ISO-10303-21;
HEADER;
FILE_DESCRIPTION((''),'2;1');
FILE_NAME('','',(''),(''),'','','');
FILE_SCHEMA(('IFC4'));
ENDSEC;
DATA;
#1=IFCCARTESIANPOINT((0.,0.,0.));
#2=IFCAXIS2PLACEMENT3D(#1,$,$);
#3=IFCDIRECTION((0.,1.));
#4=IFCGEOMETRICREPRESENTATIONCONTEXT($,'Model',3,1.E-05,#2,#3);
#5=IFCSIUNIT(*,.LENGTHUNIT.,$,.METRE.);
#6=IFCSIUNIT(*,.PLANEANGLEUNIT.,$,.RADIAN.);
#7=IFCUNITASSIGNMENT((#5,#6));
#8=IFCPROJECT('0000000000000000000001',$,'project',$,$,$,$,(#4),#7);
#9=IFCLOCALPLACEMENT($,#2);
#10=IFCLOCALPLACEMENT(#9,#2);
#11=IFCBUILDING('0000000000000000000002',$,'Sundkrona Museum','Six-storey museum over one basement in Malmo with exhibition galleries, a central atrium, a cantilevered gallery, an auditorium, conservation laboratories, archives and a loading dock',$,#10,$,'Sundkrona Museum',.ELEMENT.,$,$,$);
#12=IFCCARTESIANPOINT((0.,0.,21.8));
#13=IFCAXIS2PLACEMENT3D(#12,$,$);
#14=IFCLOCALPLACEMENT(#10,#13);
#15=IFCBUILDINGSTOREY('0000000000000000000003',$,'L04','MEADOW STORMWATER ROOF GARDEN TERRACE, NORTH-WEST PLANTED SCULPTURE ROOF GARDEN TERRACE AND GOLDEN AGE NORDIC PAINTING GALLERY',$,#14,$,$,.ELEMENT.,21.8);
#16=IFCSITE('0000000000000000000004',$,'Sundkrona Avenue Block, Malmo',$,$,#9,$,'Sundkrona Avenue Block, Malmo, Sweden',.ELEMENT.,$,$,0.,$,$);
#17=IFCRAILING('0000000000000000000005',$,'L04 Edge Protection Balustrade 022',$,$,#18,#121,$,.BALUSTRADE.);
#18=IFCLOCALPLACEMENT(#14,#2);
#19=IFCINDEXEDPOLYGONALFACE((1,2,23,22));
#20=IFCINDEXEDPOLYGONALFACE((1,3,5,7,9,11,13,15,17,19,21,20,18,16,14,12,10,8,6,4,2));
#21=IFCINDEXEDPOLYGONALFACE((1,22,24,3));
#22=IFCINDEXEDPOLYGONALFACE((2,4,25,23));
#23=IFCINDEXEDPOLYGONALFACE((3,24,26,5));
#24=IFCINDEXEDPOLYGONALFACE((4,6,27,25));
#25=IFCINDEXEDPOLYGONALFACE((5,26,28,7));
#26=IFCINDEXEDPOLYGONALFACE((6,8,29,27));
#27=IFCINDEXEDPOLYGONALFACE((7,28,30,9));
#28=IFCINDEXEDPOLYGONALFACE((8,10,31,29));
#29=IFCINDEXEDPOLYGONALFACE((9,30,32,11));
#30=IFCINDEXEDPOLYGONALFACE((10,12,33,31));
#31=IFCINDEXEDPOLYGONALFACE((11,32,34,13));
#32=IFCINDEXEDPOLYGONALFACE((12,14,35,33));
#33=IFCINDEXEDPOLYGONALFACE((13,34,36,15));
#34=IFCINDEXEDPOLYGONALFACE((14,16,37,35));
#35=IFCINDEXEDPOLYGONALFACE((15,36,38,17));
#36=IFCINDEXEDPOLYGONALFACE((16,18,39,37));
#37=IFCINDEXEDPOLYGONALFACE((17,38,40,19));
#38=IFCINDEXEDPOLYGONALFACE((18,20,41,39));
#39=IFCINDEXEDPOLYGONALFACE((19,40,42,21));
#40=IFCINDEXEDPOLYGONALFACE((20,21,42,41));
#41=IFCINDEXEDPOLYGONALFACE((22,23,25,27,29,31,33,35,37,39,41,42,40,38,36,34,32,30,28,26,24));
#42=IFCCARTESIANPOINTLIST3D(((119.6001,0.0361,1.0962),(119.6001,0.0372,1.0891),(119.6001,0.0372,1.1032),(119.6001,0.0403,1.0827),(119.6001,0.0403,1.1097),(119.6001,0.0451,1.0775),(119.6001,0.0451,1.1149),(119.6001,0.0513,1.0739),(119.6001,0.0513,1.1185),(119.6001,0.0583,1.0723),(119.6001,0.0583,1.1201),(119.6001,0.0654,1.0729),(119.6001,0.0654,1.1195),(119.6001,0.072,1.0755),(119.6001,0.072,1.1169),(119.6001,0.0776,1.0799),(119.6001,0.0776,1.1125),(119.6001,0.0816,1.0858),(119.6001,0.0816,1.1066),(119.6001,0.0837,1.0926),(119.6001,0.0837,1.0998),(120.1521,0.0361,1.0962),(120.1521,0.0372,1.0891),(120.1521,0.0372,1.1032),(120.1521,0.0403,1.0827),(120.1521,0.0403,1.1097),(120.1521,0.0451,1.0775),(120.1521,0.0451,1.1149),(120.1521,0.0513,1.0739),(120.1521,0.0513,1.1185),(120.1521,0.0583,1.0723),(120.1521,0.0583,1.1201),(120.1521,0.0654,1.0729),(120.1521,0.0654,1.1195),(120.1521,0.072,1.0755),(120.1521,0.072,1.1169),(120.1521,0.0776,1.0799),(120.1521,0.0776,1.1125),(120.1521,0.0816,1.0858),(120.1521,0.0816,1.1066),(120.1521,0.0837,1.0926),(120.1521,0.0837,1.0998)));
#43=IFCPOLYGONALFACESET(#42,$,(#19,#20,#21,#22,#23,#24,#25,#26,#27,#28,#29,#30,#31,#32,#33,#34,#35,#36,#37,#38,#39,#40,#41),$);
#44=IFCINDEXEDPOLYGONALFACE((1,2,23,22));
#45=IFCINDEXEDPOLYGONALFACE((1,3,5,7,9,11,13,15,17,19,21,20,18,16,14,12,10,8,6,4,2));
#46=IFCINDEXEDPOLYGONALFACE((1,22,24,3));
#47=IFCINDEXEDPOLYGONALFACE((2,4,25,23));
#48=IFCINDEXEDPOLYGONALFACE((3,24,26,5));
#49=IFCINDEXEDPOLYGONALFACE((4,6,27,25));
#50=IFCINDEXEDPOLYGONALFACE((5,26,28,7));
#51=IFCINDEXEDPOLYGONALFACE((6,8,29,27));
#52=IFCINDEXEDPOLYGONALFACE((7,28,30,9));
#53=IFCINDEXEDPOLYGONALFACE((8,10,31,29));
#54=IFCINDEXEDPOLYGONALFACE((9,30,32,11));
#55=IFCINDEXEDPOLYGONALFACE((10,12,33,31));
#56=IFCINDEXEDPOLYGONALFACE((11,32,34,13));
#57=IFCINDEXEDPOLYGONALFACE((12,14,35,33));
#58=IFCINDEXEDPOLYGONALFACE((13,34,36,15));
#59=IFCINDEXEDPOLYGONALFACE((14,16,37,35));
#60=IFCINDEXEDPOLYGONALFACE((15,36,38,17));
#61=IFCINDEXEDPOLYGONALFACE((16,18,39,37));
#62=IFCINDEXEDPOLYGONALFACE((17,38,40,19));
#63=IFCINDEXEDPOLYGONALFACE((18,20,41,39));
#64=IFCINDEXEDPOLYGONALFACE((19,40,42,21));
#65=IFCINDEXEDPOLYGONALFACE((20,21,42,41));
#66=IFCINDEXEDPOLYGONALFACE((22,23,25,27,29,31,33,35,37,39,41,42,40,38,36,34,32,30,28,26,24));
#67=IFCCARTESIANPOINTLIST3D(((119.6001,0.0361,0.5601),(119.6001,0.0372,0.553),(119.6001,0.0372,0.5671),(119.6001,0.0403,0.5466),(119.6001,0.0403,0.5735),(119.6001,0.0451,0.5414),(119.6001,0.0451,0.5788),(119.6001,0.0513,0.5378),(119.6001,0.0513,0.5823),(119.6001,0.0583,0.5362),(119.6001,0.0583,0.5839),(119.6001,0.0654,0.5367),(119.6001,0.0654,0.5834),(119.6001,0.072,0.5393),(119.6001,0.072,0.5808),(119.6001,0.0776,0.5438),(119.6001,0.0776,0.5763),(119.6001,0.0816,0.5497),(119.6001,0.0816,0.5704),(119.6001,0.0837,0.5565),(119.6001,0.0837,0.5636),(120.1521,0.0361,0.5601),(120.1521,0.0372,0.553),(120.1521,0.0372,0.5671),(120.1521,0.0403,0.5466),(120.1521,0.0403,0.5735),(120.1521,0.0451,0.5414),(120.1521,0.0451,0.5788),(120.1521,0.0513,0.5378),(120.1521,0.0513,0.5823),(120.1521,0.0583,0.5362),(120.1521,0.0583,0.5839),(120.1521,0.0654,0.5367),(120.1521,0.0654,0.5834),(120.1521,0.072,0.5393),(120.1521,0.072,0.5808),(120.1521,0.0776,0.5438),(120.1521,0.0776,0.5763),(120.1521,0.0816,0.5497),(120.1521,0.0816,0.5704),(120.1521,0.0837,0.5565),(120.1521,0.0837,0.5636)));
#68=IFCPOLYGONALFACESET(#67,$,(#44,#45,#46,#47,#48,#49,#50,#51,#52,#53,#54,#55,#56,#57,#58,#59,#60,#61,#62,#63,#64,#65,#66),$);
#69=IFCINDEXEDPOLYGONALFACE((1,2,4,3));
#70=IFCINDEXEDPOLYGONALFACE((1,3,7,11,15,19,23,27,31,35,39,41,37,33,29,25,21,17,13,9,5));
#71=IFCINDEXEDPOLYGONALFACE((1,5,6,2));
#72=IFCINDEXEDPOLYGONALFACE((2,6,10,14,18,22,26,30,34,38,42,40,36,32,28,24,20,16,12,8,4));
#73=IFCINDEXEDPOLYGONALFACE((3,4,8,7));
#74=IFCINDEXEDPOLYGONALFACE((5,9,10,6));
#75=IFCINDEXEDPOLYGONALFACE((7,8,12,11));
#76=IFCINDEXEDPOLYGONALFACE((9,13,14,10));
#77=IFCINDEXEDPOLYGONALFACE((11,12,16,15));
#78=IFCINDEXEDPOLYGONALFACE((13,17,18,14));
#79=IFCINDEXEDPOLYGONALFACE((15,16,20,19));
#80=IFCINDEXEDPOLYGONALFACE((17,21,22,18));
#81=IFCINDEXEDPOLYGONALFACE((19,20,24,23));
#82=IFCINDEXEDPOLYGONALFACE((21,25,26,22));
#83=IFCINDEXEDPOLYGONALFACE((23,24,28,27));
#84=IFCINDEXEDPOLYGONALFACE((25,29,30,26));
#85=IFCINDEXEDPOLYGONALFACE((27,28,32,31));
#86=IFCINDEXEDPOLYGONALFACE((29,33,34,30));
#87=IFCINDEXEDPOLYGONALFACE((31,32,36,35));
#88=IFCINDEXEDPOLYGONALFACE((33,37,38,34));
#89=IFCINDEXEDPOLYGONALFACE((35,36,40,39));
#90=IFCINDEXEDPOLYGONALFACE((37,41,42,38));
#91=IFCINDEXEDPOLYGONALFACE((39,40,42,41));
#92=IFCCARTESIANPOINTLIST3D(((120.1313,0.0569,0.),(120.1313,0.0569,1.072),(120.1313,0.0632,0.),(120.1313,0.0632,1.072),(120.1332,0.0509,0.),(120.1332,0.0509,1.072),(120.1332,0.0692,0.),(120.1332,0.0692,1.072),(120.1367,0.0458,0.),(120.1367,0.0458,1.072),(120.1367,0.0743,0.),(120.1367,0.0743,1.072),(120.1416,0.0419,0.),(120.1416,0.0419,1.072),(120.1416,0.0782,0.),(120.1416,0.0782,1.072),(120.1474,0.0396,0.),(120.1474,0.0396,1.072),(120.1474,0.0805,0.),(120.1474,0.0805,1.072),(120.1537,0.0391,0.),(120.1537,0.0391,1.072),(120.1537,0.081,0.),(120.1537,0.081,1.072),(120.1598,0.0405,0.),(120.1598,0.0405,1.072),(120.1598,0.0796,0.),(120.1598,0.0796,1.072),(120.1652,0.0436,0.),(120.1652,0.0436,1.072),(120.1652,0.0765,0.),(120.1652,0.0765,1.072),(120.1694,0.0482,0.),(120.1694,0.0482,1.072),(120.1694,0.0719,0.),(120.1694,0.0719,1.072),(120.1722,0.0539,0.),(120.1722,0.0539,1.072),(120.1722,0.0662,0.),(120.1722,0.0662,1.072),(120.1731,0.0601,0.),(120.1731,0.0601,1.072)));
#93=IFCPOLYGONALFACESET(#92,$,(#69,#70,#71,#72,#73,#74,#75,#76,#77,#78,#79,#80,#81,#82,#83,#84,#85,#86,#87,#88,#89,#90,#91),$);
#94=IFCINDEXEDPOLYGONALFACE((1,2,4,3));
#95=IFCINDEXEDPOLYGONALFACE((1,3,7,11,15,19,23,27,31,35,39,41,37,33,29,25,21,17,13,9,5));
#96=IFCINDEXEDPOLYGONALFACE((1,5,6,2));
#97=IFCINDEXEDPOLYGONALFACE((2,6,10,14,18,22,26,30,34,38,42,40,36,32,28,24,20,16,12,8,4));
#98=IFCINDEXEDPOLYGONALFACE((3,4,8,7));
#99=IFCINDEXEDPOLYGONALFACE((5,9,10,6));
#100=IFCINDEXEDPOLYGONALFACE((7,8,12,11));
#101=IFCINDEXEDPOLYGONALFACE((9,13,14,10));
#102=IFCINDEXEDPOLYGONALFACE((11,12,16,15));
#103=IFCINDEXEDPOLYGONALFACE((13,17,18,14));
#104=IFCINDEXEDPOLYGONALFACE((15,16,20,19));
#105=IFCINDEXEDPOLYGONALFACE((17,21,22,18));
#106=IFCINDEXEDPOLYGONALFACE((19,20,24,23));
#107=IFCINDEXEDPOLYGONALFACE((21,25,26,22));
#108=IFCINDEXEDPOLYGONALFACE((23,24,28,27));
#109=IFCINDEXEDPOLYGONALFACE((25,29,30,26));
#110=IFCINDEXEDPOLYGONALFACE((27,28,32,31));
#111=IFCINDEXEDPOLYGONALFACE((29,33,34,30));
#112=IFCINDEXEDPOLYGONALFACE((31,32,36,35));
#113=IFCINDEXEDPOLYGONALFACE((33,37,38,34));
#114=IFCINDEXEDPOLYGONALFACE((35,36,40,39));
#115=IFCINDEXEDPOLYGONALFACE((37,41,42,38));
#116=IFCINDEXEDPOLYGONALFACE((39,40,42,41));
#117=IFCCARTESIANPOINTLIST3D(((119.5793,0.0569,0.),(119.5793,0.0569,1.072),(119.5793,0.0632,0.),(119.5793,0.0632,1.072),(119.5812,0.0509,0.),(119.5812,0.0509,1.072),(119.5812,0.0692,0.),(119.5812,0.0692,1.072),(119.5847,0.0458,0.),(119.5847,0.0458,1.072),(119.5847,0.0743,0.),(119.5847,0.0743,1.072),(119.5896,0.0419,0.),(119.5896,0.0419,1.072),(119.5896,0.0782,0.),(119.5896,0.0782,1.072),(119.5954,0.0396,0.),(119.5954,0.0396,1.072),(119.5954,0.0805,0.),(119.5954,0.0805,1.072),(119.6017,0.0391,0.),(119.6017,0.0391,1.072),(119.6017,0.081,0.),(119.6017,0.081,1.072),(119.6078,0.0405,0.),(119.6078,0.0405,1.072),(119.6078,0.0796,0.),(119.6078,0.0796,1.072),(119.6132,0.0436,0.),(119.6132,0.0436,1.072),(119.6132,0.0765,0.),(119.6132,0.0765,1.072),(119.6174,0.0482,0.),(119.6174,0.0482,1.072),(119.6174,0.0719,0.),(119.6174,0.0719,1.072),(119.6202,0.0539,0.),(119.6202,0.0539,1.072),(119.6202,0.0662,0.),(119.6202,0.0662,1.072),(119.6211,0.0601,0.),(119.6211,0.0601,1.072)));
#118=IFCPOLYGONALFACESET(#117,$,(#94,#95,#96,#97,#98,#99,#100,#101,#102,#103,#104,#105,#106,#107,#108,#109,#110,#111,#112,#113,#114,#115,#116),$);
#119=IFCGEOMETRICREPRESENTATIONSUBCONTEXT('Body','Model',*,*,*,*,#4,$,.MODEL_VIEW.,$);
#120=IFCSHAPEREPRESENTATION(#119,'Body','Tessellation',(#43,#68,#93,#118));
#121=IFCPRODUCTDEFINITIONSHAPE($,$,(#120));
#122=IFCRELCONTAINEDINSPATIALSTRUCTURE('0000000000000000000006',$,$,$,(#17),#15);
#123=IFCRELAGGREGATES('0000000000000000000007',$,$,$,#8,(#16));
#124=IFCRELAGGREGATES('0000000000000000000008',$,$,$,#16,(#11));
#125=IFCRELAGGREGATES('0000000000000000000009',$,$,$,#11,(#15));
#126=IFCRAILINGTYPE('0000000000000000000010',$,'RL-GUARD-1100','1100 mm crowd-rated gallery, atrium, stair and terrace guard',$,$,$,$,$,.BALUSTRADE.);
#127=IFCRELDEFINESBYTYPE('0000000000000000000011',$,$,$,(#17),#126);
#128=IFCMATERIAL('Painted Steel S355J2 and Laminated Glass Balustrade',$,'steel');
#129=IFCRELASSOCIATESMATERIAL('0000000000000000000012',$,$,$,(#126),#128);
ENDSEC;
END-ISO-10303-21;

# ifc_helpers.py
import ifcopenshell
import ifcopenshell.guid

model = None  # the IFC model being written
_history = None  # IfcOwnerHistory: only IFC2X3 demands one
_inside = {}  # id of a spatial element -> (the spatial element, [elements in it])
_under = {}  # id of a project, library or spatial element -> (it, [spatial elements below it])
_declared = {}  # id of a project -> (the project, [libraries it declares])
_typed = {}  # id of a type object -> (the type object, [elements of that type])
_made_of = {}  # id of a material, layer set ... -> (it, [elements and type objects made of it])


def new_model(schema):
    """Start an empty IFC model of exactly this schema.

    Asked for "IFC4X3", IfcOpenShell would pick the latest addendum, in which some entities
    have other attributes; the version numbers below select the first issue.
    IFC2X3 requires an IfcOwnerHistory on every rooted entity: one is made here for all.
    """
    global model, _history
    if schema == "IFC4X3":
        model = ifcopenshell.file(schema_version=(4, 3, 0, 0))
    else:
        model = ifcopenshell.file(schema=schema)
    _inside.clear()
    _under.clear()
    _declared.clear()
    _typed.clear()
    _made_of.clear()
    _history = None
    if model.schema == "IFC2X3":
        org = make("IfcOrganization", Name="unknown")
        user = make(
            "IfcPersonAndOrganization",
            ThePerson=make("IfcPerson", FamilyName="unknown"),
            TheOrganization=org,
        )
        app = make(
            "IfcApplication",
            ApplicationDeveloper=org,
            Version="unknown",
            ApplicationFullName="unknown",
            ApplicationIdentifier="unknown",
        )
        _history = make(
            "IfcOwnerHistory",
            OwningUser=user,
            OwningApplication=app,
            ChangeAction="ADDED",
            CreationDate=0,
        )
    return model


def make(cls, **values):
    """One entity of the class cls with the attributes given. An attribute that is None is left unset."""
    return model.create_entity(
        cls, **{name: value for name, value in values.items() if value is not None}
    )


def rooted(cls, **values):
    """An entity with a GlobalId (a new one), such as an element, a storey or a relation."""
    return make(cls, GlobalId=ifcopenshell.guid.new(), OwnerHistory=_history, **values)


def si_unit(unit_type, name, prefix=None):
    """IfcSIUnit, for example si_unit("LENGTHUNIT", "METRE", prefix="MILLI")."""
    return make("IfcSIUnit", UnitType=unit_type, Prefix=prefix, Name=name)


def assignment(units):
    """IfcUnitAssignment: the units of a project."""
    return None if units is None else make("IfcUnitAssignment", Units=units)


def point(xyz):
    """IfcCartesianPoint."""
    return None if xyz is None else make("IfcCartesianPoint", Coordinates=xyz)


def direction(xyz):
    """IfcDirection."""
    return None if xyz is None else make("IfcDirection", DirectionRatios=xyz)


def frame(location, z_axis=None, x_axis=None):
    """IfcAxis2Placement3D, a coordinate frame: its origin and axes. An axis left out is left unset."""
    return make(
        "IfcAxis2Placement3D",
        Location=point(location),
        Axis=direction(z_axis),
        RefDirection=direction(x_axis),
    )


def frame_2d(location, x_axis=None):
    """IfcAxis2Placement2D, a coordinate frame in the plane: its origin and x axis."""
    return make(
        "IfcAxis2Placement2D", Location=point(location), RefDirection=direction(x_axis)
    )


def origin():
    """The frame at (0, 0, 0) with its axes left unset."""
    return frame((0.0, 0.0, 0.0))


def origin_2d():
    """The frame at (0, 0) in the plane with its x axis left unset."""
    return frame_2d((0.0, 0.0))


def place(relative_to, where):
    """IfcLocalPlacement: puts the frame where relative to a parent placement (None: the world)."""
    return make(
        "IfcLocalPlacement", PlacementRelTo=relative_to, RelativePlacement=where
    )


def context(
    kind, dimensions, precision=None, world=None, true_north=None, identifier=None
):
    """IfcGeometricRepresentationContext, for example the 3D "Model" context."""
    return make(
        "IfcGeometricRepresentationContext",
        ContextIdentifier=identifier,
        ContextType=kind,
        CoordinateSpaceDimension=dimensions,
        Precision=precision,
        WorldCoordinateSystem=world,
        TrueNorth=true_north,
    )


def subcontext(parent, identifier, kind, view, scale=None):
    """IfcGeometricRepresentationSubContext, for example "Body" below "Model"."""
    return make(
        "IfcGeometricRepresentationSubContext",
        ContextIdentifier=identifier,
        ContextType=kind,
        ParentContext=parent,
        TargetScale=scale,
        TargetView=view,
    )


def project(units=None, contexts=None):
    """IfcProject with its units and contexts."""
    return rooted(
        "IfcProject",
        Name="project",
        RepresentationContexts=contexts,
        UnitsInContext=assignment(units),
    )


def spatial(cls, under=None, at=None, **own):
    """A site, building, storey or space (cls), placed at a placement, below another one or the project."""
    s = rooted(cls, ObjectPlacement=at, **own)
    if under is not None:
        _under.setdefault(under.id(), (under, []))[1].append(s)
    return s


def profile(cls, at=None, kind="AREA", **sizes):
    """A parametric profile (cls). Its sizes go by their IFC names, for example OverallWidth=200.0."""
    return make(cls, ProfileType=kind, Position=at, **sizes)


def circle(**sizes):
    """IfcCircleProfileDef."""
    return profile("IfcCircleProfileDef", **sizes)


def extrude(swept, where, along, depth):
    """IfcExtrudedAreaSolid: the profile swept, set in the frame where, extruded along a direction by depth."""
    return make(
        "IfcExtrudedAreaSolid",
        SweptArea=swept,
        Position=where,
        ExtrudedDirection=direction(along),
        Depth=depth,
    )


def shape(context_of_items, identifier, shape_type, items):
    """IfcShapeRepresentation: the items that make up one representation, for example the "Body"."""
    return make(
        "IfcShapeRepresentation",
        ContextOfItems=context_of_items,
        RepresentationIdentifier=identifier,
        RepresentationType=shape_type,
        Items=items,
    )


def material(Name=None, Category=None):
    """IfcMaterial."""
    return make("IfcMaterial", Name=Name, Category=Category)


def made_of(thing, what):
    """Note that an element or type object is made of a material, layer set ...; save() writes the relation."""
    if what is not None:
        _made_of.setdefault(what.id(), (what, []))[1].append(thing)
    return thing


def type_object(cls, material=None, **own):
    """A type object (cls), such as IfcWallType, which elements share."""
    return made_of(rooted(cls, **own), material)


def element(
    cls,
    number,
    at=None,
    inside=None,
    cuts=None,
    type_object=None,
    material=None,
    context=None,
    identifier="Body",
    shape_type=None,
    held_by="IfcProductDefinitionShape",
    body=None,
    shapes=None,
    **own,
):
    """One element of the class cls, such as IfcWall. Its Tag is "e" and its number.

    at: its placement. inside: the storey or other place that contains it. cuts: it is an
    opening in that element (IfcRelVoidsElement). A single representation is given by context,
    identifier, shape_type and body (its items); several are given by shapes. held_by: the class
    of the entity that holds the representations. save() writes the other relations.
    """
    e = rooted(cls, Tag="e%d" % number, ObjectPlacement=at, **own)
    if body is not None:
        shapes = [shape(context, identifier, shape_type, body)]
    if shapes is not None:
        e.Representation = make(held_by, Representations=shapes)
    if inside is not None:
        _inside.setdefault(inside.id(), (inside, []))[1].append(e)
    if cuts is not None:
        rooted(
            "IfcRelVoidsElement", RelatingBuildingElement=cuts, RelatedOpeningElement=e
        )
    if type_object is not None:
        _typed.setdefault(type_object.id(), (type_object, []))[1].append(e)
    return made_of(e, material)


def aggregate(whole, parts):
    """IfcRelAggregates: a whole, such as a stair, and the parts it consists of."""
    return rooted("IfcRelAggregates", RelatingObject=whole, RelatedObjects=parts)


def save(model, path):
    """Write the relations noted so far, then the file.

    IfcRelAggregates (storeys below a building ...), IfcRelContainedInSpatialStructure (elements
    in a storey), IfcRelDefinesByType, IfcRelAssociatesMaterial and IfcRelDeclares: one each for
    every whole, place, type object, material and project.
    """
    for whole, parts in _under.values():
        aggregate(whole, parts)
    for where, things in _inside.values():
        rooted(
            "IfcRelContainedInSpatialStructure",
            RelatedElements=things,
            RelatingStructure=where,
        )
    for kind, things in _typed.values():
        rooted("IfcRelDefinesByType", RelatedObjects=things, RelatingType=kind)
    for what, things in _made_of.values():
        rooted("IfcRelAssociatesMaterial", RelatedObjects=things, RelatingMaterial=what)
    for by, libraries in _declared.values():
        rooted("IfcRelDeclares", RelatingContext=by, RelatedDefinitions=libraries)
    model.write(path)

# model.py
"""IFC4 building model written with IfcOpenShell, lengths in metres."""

from ifc_helpers import new_model, si_unit, direction, frame, origin, origin_2d, place, context, subcontext, project, spatial, circle, extrude, material, type_object, element, save


model = new_model("IFC4")

# Units and contexts
model_context = context("Model", 3, precision=1e-05, world=origin(), true_north=direction((0.0, 1.0)))
body_context = subcontext(model_context, "Body", "Model", "MODEL_VIEW")
ifc_project = project(units=[si_unit("LENGTHUNIT", "METRE"), si_unit("PLANEANGLEUNIT", "RADIAN")], contexts=[model_context])

# Site, building, storey
site_placement = place(None, origin())
site = spatial("IfcSite", under=ifc_project, at=site_placement, Name="Sundkrona Avenue Block, Malmo", LongName="Sundkrona Avenue Block, Malmo, Sweden", CompositionType="ELEMENT", RefElevation=0.0)
building_placement = place(site_placement, origin())
building = spatial("IfcBuilding", under=site, at=building_placement, Name="Sundkrona Museum", Description="Six-storey museum over one basement in Malmo with exhibition galleries, a central atrium, a cantilevered gallery, an auditorium, conservation laboratories, archives and a loading dock", LongName="Sundkrona Museum", CompositionType="ELEMENT")
storey_placement = place(building_placement, frame((0.0, 0.0, 21.8)))
storey = spatial("IfcBuildingStorey", under=building, at=storey_placement, Name="L04", Description="MEADOW STORMWATER ROOF GARDEN TERRACE, NORTH-WEST PLANTED SCULPTURE ROOF GARDEN TERRACE AND GOLDEN AGE NORDIC PAINTING GALLERY", CompositionType="ELEMENT", Elevation=21.8)

# Railing
ifc_material_1 = material(Name="Painted Steel S355J2 and Laminated Glass Balustrade", Category="steel")
railing_type_1 = type_object("IfcRailingType", Name="RL-GUARD-1100", Description="1100 mm crowd-rated gallery, atrium, stair and terrace guard", PredefinedType="BALUSTRADE", material=ifc_material_1)
railing_1_placement = place(storey_placement, frame((120.1521, 0.0601, 0.0)))
element("IfcRailing", 1, at=railing_1_placement, inside=storey, type_object=railing_type_1, Name="L04 Edge Protection Balustrade 022", PredefinedType="BALUSTRADE", context=body_context, shape_type="SweptSolid", body=[
    extrude(circle(Radius=0.0239, at=origin_2d()), frame((0.0, 0.0, 1.0962), z_axis=(-1.0, 0.0, 0.0), x_axis=(0.0, -1.0, 0.0)), (0.0, 0.0, 1.0), 0.552),
    extrude(circle(Radius=0.0239, at=origin_2d()), frame((0.0, 0.0, 0.5601), z_axis=(-1.0, 0.0, 0.0), x_axis=(0.0, -1.0, 0.0)), (0.0, 0.0, 1.0), 0.552),
    extrude(circle(Radius=0.021, at=origin_2d()), origin(), (0.0, 0.0, 1.0), 1.072),
    extrude(circle(Radius=0.021, at=origin_2d()), frame((-0.552, 0.0, 0.0)), (0.0, 0.0, 1.0), 1.072),
])

save(model, "model.ifc")
